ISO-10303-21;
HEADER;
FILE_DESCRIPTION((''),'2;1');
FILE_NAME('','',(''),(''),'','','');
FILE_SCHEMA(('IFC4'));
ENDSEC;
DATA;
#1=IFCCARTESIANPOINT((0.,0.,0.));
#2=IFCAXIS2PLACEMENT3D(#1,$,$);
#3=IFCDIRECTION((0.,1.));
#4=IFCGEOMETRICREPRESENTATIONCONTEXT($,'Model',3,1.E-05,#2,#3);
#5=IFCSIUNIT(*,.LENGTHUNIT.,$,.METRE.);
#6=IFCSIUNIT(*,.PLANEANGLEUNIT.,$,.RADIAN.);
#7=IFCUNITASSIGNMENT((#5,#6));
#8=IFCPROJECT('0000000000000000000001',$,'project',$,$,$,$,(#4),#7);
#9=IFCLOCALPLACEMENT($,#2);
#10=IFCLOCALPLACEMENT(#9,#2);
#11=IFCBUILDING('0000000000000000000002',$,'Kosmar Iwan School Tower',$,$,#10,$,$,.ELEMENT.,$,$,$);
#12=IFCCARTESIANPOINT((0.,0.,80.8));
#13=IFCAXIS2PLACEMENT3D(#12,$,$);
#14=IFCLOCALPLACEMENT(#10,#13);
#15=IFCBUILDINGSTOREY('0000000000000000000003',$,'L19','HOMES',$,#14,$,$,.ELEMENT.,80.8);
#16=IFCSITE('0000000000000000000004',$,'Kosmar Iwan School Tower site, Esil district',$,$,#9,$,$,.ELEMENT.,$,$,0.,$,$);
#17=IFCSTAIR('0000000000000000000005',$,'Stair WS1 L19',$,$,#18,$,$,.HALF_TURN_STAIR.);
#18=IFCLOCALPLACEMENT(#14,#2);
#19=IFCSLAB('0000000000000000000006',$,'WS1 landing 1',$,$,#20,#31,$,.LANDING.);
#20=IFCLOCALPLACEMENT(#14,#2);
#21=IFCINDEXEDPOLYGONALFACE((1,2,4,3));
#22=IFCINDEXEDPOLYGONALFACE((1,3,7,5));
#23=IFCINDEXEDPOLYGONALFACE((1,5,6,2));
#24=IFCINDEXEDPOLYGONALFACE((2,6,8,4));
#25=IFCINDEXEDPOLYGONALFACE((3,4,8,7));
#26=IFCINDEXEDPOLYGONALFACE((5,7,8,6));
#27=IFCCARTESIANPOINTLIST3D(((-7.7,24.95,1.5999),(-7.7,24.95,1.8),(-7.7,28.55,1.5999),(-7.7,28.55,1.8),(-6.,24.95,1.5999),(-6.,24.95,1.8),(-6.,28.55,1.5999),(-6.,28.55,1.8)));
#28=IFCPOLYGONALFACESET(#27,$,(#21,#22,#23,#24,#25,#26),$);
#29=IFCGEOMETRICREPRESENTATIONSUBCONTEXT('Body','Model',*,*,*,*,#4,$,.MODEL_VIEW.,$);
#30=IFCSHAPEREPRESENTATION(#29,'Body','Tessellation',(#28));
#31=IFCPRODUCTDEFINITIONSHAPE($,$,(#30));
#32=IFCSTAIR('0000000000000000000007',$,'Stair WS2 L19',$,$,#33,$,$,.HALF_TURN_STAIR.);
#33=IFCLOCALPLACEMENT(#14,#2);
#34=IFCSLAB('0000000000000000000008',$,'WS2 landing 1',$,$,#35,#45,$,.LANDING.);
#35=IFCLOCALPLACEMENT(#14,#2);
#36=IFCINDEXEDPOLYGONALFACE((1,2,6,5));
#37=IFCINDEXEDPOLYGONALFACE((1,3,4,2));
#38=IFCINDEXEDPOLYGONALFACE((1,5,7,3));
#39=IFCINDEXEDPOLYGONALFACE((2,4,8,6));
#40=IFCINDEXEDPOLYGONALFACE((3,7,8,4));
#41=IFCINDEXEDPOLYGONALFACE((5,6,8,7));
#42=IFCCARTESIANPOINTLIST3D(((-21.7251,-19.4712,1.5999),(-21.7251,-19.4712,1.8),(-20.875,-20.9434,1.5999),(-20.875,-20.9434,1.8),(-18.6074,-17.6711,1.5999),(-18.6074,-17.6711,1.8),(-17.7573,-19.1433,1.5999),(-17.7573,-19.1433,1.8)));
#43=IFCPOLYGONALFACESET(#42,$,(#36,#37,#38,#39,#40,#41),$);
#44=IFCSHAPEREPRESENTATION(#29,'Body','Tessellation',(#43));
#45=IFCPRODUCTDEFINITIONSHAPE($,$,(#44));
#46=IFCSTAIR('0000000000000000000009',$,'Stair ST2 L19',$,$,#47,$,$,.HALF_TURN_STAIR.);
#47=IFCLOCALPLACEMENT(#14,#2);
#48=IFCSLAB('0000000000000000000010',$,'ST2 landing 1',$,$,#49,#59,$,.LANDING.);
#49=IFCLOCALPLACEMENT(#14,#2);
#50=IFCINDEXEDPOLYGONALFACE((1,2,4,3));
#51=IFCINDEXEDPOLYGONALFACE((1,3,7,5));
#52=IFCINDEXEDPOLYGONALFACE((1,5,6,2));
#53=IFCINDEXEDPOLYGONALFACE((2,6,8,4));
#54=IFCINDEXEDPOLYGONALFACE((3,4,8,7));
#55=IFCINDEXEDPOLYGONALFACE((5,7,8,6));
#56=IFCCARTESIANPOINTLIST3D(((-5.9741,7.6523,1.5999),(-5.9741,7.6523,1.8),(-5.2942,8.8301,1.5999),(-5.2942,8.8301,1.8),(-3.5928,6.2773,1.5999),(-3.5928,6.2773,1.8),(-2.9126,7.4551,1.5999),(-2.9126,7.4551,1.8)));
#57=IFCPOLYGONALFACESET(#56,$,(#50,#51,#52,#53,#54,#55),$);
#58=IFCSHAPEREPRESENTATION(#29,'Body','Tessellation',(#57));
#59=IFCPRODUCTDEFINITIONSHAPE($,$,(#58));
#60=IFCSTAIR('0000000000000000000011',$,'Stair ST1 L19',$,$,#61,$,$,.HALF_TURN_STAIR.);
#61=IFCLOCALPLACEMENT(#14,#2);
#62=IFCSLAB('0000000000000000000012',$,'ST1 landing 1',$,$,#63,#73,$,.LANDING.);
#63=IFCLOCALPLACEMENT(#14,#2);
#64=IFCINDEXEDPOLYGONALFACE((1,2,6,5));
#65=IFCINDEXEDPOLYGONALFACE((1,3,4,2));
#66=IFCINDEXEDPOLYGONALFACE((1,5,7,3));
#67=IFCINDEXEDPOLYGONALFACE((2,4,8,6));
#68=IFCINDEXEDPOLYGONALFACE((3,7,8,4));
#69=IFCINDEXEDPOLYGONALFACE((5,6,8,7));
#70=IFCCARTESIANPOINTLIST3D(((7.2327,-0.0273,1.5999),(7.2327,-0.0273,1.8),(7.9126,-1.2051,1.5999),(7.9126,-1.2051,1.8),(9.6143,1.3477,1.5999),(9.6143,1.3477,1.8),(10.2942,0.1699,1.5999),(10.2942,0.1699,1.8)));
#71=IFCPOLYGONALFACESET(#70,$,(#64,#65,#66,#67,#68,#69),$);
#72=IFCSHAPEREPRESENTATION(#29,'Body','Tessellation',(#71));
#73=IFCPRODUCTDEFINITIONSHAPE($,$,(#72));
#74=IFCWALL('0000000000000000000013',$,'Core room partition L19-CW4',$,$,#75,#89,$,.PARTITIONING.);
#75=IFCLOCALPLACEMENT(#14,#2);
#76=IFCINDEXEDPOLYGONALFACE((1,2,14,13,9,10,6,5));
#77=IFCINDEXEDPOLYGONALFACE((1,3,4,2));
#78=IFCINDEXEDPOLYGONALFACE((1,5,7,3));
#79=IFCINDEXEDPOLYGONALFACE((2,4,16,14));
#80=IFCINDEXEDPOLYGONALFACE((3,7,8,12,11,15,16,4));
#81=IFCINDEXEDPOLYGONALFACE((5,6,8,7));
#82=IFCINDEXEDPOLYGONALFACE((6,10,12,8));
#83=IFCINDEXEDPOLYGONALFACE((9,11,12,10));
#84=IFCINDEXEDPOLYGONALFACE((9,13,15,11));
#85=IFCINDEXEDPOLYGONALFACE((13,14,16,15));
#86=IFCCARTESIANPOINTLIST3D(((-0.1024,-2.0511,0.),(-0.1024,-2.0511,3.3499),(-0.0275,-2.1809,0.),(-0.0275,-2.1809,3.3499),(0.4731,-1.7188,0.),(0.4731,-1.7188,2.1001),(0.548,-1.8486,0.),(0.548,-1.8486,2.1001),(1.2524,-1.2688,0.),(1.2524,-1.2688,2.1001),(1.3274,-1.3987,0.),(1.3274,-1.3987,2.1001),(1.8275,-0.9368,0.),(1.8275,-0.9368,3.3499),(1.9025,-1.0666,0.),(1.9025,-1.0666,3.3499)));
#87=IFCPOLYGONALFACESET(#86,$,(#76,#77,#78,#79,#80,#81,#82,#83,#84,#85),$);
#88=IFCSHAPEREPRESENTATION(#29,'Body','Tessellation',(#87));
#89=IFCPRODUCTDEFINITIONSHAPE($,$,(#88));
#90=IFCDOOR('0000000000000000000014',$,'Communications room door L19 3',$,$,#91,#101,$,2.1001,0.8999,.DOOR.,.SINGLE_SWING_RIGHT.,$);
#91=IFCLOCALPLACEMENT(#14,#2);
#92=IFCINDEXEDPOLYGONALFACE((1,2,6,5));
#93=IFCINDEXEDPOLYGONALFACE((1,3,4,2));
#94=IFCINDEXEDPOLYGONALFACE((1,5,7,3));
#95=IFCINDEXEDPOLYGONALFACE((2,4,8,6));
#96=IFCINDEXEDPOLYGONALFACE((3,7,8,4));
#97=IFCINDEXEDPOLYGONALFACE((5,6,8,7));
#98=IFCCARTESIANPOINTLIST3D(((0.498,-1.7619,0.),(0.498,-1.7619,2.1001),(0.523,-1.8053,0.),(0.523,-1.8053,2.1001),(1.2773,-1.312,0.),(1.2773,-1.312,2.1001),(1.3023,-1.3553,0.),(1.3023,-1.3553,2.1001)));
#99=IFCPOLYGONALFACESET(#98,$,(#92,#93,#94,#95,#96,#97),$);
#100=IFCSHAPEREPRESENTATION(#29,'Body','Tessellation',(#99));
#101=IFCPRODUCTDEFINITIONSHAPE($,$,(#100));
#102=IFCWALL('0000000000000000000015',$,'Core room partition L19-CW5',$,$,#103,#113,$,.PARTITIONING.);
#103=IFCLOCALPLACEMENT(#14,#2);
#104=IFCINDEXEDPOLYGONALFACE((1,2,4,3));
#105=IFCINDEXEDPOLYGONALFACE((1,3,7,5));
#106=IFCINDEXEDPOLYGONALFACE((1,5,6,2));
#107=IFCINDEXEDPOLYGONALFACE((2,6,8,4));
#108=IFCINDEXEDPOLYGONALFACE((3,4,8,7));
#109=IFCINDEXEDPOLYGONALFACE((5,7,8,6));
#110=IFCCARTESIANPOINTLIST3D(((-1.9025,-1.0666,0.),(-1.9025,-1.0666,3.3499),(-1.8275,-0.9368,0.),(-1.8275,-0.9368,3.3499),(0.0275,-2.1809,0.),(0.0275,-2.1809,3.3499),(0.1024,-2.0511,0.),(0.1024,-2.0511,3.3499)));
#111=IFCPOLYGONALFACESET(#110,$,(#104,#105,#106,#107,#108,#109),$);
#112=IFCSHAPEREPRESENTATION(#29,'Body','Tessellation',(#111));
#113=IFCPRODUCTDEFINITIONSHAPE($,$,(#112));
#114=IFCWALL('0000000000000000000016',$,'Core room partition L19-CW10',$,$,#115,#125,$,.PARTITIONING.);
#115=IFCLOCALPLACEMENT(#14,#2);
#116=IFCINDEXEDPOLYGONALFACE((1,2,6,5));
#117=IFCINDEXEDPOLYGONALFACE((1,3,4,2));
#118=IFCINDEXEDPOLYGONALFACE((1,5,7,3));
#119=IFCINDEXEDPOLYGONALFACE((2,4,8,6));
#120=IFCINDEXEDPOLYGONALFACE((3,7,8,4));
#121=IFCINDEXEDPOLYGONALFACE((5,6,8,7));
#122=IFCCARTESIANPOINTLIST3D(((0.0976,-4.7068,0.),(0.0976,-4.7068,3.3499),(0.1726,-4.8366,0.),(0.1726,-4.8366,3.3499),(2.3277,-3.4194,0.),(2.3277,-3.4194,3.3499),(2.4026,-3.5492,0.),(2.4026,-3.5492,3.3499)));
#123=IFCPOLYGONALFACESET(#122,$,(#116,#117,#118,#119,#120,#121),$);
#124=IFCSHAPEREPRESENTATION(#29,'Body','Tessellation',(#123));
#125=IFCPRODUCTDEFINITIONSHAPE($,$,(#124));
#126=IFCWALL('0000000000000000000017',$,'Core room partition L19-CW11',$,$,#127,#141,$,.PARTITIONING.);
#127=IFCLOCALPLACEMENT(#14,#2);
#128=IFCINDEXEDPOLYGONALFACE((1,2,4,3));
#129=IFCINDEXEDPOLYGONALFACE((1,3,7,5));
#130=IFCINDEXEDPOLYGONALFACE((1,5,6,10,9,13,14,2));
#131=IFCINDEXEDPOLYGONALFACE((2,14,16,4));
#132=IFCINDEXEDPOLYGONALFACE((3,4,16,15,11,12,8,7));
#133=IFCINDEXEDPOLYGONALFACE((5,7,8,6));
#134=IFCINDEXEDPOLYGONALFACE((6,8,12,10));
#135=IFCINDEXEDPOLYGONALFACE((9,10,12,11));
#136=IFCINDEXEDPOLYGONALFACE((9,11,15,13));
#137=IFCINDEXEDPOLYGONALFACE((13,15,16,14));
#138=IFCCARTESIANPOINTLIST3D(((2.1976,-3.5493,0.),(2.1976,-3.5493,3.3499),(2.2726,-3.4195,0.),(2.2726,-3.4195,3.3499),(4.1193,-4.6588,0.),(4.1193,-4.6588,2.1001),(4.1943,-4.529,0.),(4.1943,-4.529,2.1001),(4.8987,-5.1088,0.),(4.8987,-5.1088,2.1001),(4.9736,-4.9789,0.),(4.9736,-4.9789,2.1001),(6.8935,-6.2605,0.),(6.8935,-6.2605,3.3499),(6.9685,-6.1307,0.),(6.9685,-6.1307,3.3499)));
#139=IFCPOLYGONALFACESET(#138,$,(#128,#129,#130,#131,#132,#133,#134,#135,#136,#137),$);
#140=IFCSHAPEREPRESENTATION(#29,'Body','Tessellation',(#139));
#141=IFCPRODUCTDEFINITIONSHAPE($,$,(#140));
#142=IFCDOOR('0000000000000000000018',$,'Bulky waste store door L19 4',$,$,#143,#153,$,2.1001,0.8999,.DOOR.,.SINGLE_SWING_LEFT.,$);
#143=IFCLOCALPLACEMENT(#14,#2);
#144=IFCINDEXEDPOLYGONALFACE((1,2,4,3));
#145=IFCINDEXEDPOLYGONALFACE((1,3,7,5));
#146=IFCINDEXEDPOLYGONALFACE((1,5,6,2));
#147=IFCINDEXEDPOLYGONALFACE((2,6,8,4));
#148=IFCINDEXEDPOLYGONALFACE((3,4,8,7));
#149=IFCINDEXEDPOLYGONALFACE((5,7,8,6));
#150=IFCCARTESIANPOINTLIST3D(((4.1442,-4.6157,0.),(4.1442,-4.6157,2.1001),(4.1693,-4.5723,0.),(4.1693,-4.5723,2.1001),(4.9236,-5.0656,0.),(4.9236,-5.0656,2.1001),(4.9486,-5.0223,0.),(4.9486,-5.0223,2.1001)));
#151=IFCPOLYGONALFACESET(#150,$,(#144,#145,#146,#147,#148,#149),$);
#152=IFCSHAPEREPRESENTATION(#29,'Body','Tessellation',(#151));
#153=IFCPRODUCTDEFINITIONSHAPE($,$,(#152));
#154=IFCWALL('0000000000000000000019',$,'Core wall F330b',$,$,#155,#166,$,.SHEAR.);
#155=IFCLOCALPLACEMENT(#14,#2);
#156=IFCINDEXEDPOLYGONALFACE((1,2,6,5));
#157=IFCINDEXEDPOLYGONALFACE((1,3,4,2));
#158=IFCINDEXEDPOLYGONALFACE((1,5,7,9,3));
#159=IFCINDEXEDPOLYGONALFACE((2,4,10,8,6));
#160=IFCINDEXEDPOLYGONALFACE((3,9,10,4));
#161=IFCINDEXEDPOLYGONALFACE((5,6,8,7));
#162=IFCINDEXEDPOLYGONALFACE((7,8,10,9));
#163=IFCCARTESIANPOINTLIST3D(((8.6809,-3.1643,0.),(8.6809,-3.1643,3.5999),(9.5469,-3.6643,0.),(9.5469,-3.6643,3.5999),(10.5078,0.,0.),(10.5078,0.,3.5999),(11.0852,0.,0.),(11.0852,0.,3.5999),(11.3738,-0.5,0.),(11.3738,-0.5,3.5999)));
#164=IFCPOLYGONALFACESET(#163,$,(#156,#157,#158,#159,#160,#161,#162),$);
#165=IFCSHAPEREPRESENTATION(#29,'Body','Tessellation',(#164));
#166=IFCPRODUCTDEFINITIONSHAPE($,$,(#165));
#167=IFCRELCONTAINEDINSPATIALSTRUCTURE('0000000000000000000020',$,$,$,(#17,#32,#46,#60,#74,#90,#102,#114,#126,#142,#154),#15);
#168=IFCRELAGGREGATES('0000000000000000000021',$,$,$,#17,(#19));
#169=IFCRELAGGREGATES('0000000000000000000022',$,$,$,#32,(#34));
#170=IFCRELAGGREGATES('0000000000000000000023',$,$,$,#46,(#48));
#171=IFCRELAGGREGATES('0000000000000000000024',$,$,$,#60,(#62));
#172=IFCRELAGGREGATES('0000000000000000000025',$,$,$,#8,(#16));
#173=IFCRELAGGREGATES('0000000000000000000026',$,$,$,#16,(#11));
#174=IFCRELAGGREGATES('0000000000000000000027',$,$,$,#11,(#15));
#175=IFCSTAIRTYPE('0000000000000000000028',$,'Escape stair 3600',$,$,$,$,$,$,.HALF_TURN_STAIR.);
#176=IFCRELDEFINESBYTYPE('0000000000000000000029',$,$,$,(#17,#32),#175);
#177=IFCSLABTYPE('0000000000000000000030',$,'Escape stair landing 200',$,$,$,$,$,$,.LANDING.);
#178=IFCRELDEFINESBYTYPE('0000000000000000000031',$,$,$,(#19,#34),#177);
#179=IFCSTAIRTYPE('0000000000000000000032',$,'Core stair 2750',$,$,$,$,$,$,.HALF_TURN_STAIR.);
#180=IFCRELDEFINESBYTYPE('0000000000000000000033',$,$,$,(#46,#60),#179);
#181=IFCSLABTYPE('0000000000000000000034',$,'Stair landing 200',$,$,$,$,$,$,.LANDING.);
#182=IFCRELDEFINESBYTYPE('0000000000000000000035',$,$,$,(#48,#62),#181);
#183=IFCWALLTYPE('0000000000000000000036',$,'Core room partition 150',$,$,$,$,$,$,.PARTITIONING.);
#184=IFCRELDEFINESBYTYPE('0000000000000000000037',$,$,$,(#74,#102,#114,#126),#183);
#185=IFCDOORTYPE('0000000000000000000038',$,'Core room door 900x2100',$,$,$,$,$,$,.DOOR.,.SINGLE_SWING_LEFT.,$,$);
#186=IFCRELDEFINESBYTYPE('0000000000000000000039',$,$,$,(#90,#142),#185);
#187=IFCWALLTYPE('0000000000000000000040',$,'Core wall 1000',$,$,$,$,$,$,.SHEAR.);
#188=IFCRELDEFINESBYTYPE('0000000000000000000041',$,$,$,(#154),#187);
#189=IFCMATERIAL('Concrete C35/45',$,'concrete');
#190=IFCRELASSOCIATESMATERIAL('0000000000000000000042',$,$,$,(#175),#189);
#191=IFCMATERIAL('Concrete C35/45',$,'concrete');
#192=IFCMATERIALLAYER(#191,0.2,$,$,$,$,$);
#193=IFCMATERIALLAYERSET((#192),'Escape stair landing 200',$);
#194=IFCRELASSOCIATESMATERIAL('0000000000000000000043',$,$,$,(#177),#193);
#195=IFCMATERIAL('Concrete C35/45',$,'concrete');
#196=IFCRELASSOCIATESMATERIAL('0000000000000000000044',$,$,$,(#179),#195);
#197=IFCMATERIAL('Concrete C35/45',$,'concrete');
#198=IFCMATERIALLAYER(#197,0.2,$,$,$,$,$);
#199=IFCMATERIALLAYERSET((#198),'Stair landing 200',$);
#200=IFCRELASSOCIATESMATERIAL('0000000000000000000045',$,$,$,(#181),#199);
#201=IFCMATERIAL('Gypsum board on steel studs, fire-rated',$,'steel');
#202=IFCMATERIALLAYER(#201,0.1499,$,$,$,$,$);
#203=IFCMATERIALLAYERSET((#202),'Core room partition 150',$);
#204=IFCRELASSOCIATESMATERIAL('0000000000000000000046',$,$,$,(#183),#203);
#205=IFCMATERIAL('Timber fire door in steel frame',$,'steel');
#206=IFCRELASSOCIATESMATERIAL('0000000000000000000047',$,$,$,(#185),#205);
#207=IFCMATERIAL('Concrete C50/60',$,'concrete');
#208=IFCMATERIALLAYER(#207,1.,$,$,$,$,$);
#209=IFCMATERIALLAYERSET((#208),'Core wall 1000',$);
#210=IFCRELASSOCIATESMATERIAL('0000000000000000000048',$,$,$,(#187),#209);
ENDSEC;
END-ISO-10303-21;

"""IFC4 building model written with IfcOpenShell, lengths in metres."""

from ifc_helpers import new_model, si_unit, direction, frame, frame_2d, origin, place, context, subcontext, project, spatial, polyline, rectangle, outline, extrude, material, layer, layer_set, type_object, element, fill, aggregate, save


model = new_model("IFC4")

# Units and contexts
model_context = context("Model", 3, precision=1e-05, world=origin(), true_north=direction((0.0, 1.0)))
body_context = subcontext(model_context, "Body", "Model", "MODEL_VIEW")
ifc_project = project(units=[si_unit("LENGTHUNIT", "METRE"), si_unit("PLANEANGLEUNIT", "RADIAN")], contexts=[model_context])

# Site, building, storey
site_placement = place(None, origin())
site = spatial("IfcSite", under=ifc_project, at=site_placement, Name="Kosmar Iwan School Tower site, Esil district", CompositionType="ELEMENT", RefElevation=0.0)
building_placement = place(site_placement, origin())
building = spatial("IfcBuilding", under=site, at=building_placement, Name="Kosmar Iwan School Tower", CompositionType="ELEMENT")
storey_placement = place(building_placement, frame((0.0, 0.0, 80.8)))
storey = spatial("IfcBuildingStorey", under=building, at=storey_placement, Name="L19", Description="HOMES", CompositionType="ELEMENT", Elevation=80.8)

# Stairs, slabs
ifc_material_1 = material(Name="Concrete C35/45", Category="concrete")
stair_type_1 = type_object("IfcStairType", Name="Escape stair 3600", PredefinedType="HALF_TURN_STAIR", material=ifc_material_1)
stair_1_placement = place(storey_placement, origin())
stair_1 = element("IfcStair", 1, at=stair_1_placement, inside=storey, type_object=stair_type_1, Name="Stair WS1 L19", PredefinedType="HALF_TURN_STAIR")
ifc_material_2 = material(Name="Concrete C35/45", Category="concrete")
ifc_layer_1 = layer(ifc_material_2, 0.2)
ifc_layer_set_1 = layer_set([ifc_layer_1], Name="Escape stair landing 200")
slab_type_1 = type_object("IfcSlabType", Name="Escape stair landing 200", PredefinedType="LANDING", material=ifc_layer_set_1)
slab_1_placement = place(storey_placement, frame((0.0, 0.0, 1.5999)))
slab_1 = element("IfcSlab", 2, at=slab_1_placement, type_object=slab_type_1, Name="WS1 landing 1", PredefinedType="LANDING", context=body_context, shape_type="SweptSolid", body=[
    extrude(outline(polyline([(-6.0, 24.95), (-6.0, 28.55), (-7.7, 28.55), (-7.7, 24.95), (-6.0, 24.95)])), origin(), (0.0, 0.0, 1.0), 0.2002),
])
aggregate(stair_1, [slab_1])
stair_2_placement = place(storey_placement, origin())
stair_2 = element("IfcStair", 3, at=stair_2_placement, inside=storey, type_object=stair_type_1, Name="Stair WS2 L19", PredefinedType="HALF_TURN_STAIR")
slab_2_placement = place(storey_placement, frame((0.0, 0.0, 1.5999)))
slab_2 = element("IfcSlab", 4, at=slab_2_placement, type_object=slab_type_1, Name="WS2 landing 1", PredefinedType="LANDING", context=body_context, shape_type="SweptSolid", body=[
    extrude(outline(polyline([(-18.6074, -17.6711), (-21.7251, -19.4712), (-20.875, -20.9434), (-17.7573, -19.1433), (-18.6074, -17.6711)])), origin(), (0.0, 0.0, 1.0), 0.2002),
])
aggregate(stair_2, [slab_2])
ifc_material_3 = material(Name="Concrete C35/45", Category="concrete")
stair_type_2 = type_object("IfcStairType", Name="Core stair 2750", PredefinedType="HALF_TURN_STAIR", material=ifc_material_3)
stair_3_placement = place(storey_placement, origin())
stair_3 = element("IfcStair", 5, at=stair_3_placement, inside=storey, type_object=stair_type_2, Name="Stair ST2 L19", PredefinedType="HALF_TURN_STAIR")
ifc_material_4 = material(Name="Concrete C35/45", Category="concrete")
ifc_layer_2 = layer(ifc_material_4, 0.2)
ifc_layer_set_2 = layer_set([ifc_layer_2], Name="Stair landing 200")
slab_type_2 = type_object("IfcSlabType", Name="Stair landing 200", PredefinedType="LANDING", material=ifc_layer_set_2)
slab_3_placement = place(storey_placement, frame((0.0, 0.0, 1.5999)))
slab_3 = element("IfcSlab", 6, at=slab_3_placement, type_object=slab_type_2, Name="ST2 landing 1", PredefinedType="LANDING", context=body_context, shape_type="SweptSolid", body=[
    extrude(outline(polyline([(-2.9126, 7.4551), (-5.2942, 8.8301), (-5.9741, 7.6523), (-3.5928, 6.2773), (-2.9126, 7.4551)])), origin(), (0.0, 0.0, 1.0), 0.2002),
])
aggregate(stair_3, [slab_3])
stair_4_placement = place(storey_placement, origin())
stair_4 = element("IfcStair", 7, at=stair_4_placement, inside=storey, type_object=stair_type_2, Name="Stair ST1 L19", PredefinedType="HALF_TURN_STAIR")
slab_4_placement = place(storey_placement, frame((0.0, 0.0, 1.5999)))
slab_4 = element("IfcSlab", 8, at=slab_4_placement, type_object=slab_type_2, Name="ST1 landing 1", PredefinedType="LANDING", context=body_context, shape_type="SweptSolid", body=[
    extrude(outline(polyline([(7.9126, -1.2051), (10.2942, 0.1699), (9.6143, 1.3477), (7.2327, -0.0273), (7.9126, -1.2051)])), origin(), (0.0, 0.0, 1.0), 0.2002),
])
aggregate(stair_4, [slab_4])

# Wall, opening, door
ifc_material_5 = material(Name="Gypsum board on steel studs, fire-rated", Category="steel")
ifc_layer_3 = layer(ifc_material_5, 0.1499)
ifc_layer_set_3 = layer_set([ifc_layer_3], Name="Core room partition 150")
wall_type_1 = type_object("IfcWallType", Name="Core room partition 150", PredefinedType="PARTITIONING", material=ifc_layer_set_3)
wall_1_placement = place(storey_placement, frame((1.865, -1.0017, 0.0), z_axis=(0.0, 0.0, 1.0), x_axis=(-0.866023, -0.500004, 0.0)))
wall_1 = element("IfcWall", 9, at=wall_1_placement, inside=storey, type_object=wall_type_1, Name="Core room partition L19-CW4", PredefinedType="PARTITIONING", context=body_context, shape_type="SweptSolid", body=[
    extrude(rectangle(XDim=2.2285, YDim=0.1499, at=frame_2d((1.1143, 0.0))), origin(), (0.0, 0.0, 1.0), 3.3499),
])
opening_1_placement = place(wall_1_placement, frame((0.6641, 0.0, 0.0)))
opening_1 = element("IfcOpeningElement", 10, at=opening_1_placement, cuts=wall_1, PredefinedType="OPENING", context=body_context, shape_type="SweptSolid", body=[
    extrude(rectangle(XDim=0.8999, YDim=2.1001, at=frame_2d((0.45, 1.05))), frame((0.0, 0.0869, 0.0), z_axis=(0.0, -1.0, 0.0), x_axis=(1.0, 0.0, 0.0)), (0.0, 0.0, 1.0), 0.1738),
])
ifc_material_6 = material(Name="Timber fire door in steel frame", Category="steel")
door_type_1 = type_object("IfcDoorType", Name="Core room door 900x2100", OperationType="SINGLE_SWING_LEFT", PredefinedType="DOOR", material=ifc_material_6)
door_1_placement = place(opening_1_placement, origin())
door_1 = element("IfcDoor", 11, at=door_1_placement, inside=storey, type_object=door_type_1, Name="Communications room door L19 3", OperationType="SINGLE_SWING_RIGHT", OverallHeight=2.1001, OverallWidth=0.8999, PredefinedType="DOOR", context=body_context, shape_type="SweptSolid", body=[
    extrude(rectangle(XDim=0.8999, YDim=2.1001, at=frame_2d((0.45, 1.05))), frame((0.0, 0.0249, 0.0), z_axis=(0.0, -1.0, 0.0), x_axis=(1.0, 0.0, 0.0)), (0.0, 0.0, 1.0), 0.05),
])
fill(opening_1, door_1)

# Walls
wall_2_placement = place(storey_placement, frame((0.0649, -2.116, 0.0), z_axis=(0.0, 0.0, 1.0), x_axis=(-0.866023, 0.500004, 0.0)))
element("IfcWall", 12, at=wall_2_placement, inside=storey, type_object=wall_type_1, Name="Core room partition L19-CW5", PredefinedType="PARTITIONING", context=body_context, shape_type="SweptSolid", body=[
    extrude(rectangle(XDim=2.2285, YDim=0.1499, at=frame_2d((1.1143, 0.0))), origin(), (0.0, 0.0, 1.0), 3.3499),
])
wall_3_placement = place(storey_placement, frame((0.135, -4.7717, 0.0), z_axis=(0.0, 0.0, 1.0), x_axis=(0.866047, 0.499963, 0.0)))
element("IfcWall", 13, at=wall_3_placement, inside=storey, type_object=wall_type_1, Name="Core room partition L19-CW10", PredefinedType="PARTITIONING", context=body_context, shape_type="SweptSolid", body=[
    extrude(rectangle(XDim=2.575, YDim=0.1499, at=frame_2d((1.2876, 0.0))), origin(), (0.0, 0.0, 1.0), 3.3499),
])

# Wall, opening, door
wall_4_placement = place(storey_placement, frame((2.2351, -3.4844, 0.0), z_axis=(0.0, 0.0, 1.0), x_axis=(0.866021, -0.500008, 0.0)))
wall_4 = element("IfcWall", 14, at=wall_4_placement, inside=storey, type_object=wall_type_1, Name="Core room partition L19-CW11", PredefinedType="PARTITIONING", context=body_context, shape_type="SweptSolid", body=[
    extrude(rectangle(XDim=5.4224, YDim=0.1499, at=frame_2d((2.7112, 0.0))), origin(), (0.0, 0.0, 1.0), 3.3499),
])
opening_2_placement = place(wall_4_placement, frame((2.219, 0.0, 0.0)))
opening_2 = element("IfcOpeningElement", 15, at=opening_2_placement, cuts=wall_4, PredefinedType="OPENING", context=body_context, shape_type="SweptSolid", body=[
    extrude(rectangle(XDim=0.8999, YDim=2.1001, at=frame_2d((0.45, 1.05))), frame((0.0, 0.0869, 0.0), z_axis=(0.0, -1.0, 0.0), x_axis=(1.0, 0.0, 0.0)), (0.0, 0.0, 1.0), 0.1738),
])
door_2_placement = place(opening_2_placement, origin())
door_2 = element("IfcDoor", 16, at=door_2_placement, inside=storey, type_object=door_type_1, Name="Bulky waste store door L19 4", OperationType="SINGLE_SWING_LEFT", OverallHeight=2.1001, OverallWidth=0.8999, PredefinedType="DOOR", context=body_context, shape_type="SweptSolid", body=[
    extrude(rectangle(XDim=0.8999, YDim=2.1001, at=frame_2d((0.45, 1.05))), frame((0.0, 0.0249, 0.0), z_axis=(0.0, -1.0, 0.0), x_axis=(1.0, 0.0, 0.0)), (0.0, 0.0, 1.0), 0.05),
])
fill(opening_2, door_2)

# Wall
ifc_material_7 = material(Name="Concrete C50/60", Category="concrete")
ifc_layer_4 = layer(ifc_material_7, 1.0)
ifc_layer_set_4 = layer_set([ifc_layer_4], Name="Core wall 1000")
wall_type_2 = type_object("IfcWallType", Name="Core wall 1000", PredefinedType="SHEAR", material=ifc_layer_set_4)
wall_5_placement = place(storey_placement, origin())
element("IfcWall", 17, at=wall_5_placement, inside=storey, type_object=wall_type_2, Name="Core wall F330b", PredefinedType="SHEAR", context=body_context, shape_type="SweptSolid", body=[
    extrude(outline(polyline([(9.5469, -3.6643), (11.3738, -0.5), (11.0852, 0.0), (10.5078, 0.0), (8.6809, -3.1643), (9.5469, -3.6643)])), origin(), (0.0, 0.0, 1.0), 3.5999),
])

save(model, "model.ifc")
